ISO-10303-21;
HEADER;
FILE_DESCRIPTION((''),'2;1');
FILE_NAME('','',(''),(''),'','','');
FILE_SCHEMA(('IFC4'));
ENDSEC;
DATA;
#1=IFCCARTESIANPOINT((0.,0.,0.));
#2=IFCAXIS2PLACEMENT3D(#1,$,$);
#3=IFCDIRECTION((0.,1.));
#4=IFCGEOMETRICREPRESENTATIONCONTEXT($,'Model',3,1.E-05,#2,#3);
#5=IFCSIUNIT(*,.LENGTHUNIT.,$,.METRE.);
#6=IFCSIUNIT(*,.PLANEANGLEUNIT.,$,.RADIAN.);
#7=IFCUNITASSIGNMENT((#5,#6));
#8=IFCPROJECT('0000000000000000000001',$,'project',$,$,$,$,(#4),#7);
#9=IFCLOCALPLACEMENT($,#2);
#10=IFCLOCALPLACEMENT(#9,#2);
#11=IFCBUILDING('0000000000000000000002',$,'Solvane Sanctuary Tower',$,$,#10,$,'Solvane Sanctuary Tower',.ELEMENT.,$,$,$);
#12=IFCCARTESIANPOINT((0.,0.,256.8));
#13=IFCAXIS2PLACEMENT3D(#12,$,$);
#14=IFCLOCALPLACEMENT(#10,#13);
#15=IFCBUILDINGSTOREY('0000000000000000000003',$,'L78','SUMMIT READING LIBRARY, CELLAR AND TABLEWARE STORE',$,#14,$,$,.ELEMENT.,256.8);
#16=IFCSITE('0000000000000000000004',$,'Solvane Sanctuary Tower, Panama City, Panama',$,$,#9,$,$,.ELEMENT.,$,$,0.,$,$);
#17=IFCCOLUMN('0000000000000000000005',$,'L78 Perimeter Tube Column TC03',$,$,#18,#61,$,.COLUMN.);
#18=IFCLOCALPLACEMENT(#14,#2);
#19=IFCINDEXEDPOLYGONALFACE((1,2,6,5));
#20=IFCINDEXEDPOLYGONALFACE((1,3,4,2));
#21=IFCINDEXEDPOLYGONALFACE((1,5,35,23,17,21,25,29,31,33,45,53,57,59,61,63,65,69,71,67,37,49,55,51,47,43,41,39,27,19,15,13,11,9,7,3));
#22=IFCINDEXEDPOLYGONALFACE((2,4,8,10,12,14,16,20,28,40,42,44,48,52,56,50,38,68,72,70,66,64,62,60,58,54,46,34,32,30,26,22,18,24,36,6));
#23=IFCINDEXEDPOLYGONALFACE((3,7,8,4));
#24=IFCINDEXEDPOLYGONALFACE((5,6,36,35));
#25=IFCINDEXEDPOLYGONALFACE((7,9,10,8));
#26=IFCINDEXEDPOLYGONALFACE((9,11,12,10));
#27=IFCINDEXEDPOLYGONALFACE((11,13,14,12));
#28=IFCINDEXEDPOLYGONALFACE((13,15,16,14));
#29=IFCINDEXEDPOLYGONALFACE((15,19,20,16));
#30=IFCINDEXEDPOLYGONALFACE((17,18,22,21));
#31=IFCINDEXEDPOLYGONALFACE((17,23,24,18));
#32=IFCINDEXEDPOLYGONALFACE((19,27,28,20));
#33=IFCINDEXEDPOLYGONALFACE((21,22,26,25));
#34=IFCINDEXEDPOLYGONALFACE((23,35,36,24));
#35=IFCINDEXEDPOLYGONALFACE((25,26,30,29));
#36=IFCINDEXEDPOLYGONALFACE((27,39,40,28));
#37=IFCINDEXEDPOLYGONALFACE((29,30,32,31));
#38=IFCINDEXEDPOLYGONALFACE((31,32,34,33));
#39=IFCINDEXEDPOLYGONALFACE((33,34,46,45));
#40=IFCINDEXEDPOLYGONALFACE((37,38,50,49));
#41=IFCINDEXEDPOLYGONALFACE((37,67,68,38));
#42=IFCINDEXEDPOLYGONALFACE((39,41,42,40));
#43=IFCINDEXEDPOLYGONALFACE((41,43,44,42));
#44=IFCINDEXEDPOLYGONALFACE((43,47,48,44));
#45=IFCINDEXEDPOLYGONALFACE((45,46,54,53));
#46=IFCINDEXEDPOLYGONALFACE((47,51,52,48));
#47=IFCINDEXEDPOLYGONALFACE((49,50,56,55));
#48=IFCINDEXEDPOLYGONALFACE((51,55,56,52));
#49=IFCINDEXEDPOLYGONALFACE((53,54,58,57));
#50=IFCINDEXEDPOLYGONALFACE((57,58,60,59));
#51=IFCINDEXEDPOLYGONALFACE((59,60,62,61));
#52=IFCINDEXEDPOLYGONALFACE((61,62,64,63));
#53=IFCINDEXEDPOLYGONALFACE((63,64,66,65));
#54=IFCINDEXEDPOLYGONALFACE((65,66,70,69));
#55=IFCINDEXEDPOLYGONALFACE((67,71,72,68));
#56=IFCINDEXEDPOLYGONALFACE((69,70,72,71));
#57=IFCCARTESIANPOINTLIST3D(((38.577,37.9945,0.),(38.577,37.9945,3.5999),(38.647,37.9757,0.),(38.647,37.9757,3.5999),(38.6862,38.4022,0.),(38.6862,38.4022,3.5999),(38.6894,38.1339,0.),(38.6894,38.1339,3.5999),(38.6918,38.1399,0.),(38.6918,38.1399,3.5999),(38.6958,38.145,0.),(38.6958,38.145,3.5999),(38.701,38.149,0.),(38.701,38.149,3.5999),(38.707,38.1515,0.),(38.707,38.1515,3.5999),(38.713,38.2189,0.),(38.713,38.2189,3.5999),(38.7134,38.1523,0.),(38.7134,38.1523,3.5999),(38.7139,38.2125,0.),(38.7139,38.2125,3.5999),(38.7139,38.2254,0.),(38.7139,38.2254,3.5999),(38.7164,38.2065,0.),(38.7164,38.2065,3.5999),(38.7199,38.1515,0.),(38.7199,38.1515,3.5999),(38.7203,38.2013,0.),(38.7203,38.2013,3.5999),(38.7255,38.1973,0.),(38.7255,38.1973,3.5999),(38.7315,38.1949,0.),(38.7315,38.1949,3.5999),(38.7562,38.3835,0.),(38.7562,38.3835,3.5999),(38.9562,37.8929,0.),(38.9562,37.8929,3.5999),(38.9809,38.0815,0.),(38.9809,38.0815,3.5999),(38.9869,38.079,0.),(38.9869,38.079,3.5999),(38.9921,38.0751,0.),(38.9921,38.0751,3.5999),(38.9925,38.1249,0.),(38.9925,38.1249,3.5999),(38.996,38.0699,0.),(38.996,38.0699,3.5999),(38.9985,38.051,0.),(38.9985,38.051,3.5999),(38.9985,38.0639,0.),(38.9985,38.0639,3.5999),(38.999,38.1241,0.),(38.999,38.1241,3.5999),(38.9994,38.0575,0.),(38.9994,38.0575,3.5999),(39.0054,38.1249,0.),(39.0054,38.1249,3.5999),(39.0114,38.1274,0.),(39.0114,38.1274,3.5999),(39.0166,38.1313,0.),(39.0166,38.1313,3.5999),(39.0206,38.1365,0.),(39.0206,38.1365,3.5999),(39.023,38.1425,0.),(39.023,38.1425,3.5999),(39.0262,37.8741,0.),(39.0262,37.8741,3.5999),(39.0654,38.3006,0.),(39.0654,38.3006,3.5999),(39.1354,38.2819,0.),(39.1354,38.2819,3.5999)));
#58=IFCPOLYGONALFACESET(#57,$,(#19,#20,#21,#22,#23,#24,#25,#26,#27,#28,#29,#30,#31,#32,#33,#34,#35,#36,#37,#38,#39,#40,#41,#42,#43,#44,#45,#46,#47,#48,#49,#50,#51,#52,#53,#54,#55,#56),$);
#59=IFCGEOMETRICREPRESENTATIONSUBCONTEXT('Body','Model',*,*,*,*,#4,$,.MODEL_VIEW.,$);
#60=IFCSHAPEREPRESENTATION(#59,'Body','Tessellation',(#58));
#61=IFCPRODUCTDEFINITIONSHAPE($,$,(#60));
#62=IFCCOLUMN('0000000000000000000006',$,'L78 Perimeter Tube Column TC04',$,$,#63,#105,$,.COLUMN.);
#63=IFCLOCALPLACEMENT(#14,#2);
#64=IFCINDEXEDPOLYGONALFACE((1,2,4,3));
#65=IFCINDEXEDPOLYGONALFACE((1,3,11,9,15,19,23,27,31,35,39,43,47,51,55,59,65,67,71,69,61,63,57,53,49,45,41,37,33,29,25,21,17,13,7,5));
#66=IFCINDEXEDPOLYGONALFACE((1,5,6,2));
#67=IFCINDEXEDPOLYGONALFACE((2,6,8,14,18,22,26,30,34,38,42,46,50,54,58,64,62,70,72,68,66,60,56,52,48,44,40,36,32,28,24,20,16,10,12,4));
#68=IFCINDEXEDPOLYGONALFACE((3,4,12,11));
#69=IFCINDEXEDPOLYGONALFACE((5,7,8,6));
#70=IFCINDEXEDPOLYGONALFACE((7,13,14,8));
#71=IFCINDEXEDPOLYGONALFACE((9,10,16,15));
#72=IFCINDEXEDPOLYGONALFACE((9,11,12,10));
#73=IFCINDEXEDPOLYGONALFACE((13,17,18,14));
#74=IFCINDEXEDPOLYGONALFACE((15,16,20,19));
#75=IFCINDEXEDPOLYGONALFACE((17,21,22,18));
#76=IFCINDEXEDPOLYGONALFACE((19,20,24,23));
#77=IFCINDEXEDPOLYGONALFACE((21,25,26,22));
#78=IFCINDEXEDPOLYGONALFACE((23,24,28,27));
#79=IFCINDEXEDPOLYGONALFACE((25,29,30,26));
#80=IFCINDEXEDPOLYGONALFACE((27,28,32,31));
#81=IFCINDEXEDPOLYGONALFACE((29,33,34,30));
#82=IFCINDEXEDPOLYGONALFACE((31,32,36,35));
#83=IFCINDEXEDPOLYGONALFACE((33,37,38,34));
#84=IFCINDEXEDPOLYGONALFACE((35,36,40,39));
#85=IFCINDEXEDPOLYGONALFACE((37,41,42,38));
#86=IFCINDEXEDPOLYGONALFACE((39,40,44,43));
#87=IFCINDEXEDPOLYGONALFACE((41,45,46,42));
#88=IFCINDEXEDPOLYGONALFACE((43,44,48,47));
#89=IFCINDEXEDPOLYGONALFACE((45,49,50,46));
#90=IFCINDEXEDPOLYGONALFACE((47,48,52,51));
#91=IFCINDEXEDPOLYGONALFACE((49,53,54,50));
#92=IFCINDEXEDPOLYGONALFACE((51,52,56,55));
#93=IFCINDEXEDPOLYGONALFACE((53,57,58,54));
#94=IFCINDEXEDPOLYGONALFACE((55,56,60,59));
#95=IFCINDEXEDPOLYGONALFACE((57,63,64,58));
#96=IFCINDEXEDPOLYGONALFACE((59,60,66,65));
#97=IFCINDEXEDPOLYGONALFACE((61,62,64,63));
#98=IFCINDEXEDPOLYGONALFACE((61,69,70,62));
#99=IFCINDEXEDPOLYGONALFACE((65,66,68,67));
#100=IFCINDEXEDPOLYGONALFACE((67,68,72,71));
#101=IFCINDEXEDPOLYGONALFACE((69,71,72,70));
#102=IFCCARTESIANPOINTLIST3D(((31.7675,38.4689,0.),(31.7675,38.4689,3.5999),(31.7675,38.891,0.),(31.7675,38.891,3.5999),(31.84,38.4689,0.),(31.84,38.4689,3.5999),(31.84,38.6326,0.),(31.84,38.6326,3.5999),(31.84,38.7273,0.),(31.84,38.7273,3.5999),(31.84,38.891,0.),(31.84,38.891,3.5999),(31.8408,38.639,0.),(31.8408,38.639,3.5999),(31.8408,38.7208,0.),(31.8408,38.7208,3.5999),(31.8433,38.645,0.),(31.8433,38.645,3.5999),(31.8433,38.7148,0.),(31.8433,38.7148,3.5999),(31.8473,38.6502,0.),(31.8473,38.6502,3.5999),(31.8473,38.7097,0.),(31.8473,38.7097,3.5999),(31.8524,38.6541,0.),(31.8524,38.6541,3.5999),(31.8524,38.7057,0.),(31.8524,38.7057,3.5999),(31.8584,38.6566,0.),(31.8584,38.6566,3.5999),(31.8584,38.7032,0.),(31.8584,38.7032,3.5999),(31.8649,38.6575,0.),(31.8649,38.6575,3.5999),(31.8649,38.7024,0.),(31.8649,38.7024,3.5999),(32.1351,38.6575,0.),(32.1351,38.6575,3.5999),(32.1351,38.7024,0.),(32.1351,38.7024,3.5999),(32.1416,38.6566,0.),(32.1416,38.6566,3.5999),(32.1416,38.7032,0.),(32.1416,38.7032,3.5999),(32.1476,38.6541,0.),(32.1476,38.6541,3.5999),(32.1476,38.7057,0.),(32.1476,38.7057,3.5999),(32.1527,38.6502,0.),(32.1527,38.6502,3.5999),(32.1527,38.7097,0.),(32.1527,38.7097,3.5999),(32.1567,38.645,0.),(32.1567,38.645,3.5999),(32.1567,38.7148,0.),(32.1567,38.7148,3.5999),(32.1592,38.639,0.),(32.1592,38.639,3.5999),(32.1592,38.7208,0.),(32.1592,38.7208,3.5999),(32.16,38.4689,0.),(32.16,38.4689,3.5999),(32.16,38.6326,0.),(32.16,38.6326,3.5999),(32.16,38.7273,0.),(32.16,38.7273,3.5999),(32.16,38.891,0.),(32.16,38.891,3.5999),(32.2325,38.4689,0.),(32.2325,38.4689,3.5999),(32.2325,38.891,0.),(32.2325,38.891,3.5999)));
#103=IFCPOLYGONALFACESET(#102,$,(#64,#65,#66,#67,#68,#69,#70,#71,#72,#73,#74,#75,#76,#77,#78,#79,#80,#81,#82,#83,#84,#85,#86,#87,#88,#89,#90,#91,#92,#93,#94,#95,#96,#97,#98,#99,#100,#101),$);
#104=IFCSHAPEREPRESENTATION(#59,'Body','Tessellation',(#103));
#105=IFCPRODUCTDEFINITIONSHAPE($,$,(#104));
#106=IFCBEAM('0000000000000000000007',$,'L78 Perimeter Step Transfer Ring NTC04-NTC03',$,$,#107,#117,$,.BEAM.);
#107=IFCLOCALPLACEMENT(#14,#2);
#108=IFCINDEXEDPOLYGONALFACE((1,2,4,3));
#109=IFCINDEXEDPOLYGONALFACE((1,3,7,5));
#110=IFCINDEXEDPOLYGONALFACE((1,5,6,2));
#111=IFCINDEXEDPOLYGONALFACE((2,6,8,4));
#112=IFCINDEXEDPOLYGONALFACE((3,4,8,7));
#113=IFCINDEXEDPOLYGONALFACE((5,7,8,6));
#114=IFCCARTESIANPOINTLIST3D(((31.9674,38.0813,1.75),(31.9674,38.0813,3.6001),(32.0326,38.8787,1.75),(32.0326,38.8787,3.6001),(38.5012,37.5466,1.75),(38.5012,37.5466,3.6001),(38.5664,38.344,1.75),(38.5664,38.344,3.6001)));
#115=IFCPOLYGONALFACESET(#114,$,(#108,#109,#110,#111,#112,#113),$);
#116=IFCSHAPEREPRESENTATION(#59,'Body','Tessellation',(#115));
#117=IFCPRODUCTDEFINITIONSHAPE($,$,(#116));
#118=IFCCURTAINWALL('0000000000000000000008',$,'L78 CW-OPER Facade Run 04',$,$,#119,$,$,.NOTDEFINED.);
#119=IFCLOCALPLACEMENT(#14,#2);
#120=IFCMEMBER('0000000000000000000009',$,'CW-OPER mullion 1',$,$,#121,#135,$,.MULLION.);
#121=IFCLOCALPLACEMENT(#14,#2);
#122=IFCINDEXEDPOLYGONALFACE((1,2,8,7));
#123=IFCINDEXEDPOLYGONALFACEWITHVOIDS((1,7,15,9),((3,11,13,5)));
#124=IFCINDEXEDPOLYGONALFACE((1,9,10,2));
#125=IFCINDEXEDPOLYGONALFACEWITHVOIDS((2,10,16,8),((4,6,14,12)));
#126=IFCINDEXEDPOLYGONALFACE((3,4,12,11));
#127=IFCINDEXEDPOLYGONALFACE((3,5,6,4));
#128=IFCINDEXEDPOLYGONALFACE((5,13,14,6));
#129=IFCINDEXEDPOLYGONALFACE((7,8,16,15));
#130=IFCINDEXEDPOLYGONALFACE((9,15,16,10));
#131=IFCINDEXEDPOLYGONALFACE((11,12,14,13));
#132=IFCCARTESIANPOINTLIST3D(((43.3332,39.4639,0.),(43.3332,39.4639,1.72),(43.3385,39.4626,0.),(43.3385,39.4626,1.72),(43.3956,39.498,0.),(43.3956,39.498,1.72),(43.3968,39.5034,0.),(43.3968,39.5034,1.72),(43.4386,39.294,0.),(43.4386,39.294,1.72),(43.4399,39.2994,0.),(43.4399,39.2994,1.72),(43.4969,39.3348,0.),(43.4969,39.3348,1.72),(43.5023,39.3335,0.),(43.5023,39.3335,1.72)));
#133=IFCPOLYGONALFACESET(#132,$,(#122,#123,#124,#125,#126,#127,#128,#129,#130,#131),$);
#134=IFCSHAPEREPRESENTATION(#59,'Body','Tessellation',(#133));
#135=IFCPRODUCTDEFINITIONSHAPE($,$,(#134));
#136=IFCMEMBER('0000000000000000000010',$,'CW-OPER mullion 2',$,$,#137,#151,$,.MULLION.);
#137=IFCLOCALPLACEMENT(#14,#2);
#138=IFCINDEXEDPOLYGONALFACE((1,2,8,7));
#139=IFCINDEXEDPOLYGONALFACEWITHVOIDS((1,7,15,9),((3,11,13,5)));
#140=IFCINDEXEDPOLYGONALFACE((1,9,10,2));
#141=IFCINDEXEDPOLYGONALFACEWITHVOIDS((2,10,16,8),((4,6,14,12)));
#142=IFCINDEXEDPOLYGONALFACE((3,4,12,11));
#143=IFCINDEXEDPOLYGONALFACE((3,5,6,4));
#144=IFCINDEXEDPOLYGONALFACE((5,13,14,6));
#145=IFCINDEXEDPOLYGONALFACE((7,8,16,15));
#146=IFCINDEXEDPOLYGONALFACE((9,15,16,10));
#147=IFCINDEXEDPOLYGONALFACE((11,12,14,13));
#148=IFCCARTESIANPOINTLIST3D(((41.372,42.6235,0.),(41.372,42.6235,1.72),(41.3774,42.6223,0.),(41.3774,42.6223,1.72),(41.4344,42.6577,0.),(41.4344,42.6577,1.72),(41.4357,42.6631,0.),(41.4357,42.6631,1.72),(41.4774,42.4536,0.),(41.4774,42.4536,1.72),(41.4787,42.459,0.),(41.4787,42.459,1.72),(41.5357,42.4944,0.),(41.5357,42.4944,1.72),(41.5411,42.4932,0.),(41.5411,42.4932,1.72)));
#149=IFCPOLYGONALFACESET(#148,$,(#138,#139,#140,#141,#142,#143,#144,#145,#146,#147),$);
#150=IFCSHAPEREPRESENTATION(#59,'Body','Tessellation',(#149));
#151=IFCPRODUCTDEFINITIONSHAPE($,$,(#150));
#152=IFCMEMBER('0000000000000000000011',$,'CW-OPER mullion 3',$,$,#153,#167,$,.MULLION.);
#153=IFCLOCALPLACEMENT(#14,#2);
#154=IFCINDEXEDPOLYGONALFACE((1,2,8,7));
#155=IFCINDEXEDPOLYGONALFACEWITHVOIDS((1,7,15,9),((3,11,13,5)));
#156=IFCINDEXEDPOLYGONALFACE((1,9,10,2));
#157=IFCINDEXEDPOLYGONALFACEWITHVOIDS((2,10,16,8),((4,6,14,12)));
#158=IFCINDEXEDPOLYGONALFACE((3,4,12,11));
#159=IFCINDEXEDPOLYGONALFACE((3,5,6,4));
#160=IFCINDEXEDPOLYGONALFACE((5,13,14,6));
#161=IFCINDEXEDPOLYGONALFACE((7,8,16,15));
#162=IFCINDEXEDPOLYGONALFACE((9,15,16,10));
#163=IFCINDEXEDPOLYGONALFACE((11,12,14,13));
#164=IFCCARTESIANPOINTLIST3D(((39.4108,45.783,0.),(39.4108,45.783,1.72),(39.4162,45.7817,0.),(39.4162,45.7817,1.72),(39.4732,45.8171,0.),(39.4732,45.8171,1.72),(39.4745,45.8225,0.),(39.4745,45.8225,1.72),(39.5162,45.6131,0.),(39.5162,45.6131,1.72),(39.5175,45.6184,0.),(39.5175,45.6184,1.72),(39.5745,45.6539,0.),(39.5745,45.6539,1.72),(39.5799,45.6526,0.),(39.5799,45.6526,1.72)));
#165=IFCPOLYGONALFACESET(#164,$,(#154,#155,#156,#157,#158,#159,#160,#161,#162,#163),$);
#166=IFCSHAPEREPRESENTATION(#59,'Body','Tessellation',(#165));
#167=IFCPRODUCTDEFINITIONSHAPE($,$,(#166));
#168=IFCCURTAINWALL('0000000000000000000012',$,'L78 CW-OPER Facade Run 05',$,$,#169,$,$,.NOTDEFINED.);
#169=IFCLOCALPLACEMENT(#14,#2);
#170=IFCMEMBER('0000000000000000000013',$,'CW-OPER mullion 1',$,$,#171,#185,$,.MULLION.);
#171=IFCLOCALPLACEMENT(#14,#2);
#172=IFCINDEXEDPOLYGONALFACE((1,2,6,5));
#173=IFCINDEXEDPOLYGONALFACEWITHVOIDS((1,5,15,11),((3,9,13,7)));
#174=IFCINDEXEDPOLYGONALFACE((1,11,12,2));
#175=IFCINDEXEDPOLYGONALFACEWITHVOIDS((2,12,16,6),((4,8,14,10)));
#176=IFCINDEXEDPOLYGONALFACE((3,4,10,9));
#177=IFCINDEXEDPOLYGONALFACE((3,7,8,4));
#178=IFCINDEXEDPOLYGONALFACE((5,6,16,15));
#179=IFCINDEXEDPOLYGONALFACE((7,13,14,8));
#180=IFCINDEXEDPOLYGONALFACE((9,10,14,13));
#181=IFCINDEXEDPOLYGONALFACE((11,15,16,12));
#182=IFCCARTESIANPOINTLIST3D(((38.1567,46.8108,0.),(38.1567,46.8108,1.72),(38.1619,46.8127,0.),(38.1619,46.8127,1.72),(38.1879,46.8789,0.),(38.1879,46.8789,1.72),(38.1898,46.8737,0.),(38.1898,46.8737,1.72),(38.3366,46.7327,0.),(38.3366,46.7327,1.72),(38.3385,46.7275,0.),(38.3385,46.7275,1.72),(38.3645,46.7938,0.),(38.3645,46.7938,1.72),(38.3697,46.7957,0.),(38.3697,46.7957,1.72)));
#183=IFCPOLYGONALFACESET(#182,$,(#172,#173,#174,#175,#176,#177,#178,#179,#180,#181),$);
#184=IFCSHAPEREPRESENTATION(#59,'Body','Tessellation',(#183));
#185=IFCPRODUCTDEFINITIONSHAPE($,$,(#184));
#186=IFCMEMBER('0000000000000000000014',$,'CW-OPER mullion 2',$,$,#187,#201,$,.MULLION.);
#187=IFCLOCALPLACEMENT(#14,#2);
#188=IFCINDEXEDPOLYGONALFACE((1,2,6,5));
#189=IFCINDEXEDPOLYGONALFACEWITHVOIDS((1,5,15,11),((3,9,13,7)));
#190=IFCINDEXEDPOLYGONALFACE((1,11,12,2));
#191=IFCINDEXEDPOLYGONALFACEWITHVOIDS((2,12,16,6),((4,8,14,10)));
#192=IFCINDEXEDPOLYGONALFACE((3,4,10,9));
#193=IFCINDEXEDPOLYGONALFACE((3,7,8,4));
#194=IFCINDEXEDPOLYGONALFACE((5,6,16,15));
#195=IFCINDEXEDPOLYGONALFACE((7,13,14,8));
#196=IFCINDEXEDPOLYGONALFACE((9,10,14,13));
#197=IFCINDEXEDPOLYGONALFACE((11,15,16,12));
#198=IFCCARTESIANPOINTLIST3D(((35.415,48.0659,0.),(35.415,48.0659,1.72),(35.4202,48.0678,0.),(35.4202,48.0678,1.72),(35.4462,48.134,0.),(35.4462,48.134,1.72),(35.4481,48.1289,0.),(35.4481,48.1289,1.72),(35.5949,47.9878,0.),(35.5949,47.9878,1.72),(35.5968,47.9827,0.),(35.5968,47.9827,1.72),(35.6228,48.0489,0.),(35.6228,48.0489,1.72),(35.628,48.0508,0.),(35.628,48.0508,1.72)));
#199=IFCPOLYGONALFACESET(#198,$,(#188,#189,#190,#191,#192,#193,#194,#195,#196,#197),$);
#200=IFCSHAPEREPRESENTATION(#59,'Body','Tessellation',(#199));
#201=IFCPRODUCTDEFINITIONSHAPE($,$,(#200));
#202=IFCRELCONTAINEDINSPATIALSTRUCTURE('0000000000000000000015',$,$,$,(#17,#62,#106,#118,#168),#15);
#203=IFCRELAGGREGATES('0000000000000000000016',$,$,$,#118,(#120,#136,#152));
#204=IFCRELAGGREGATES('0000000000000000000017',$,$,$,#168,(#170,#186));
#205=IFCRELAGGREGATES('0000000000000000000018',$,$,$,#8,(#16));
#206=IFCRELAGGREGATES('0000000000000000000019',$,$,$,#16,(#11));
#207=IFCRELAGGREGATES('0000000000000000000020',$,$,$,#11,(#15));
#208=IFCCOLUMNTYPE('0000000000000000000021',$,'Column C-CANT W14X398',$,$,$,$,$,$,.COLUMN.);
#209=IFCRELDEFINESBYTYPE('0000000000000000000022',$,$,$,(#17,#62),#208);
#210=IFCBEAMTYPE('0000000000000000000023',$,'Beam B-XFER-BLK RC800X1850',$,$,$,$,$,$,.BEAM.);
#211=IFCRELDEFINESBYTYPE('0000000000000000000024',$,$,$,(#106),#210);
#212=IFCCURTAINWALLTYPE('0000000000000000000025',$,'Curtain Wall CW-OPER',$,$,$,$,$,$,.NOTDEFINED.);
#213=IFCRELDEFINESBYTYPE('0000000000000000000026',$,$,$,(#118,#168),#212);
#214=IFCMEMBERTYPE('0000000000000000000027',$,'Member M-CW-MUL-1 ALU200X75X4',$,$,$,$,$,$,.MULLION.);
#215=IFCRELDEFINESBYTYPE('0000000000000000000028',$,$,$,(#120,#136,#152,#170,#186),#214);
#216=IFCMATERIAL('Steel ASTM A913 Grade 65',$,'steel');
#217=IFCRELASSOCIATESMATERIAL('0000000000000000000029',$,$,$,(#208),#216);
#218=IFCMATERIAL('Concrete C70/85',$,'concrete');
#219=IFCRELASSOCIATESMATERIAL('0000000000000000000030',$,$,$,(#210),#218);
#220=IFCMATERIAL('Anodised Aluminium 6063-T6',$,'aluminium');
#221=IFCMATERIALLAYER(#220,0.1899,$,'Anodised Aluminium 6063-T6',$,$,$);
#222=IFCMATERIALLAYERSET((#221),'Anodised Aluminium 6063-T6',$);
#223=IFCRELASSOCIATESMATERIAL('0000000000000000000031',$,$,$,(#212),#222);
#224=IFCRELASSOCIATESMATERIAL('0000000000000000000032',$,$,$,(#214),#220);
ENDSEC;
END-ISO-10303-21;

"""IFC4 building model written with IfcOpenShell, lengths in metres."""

from ifc_helpers import new_model, si_unit, direction, frame, origin, origin_2d, place, context, subcontext, project, spatial, rectangle, hollow_rectangle, i_section, extrude, material, layer, layer_set, material_profile, profile_set, type_object, element, aggregate, save


model = new_model("IFC4")

# Units and contexts
model_context = context("Model", 3, precision=1e-05, world=origin(), true_north=direction((0.0, 1.0)))
body_context = subcontext(model_context, "Body", "Model", "MODEL_VIEW")
ifc_project = project(units=[si_unit("LENGTHUNIT", "METRE"), si_unit("PLANEANGLEUNIT", "RADIAN")], contexts=[model_context])

# Site, building, storey
site_placement = place(None, origin())
site = spatial("IfcSite", under=ifc_project, at=site_placement, Name="Solvane Sanctuary Tower, Panama City, Panama", CompositionType="ELEMENT", RefElevation=0.0)
building_placement = place(site_placement, origin())
building = spatial("IfcBuilding", under=site, at=building_placement, Name="Solvane Sanctuary Tower", LongName="Solvane Sanctuary Tower", CompositionType="ELEMENT")
storey_placement = place(building_placement, frame((0.0, 0.0, 256.8)))
storey = spatial("IfcBuildingStorey", under=building, at=storey_placement, Name="L78", Description="SUMMIT READING LIBRARY, CELLAR AND TABLEWARE STORE", CompositionType="ELEMENT", Elevation=256.8)

# Columns
ifc_material_1 = material(Name="Steel ASTM A913 Grade 65", Category="steel")
ifc_material_profile_1 = material_profile(ifc_material_1, i_section(OverallWidth=0.4221, OverallDepth=0.4651, WebThickness=0.0449, FlangeThickness=0.0725, FilletRadius=0.0249, at=origin_2d()), Name="W14X398")
ifc_profile_set_1 = profile_set([ifc_material_profile_1], Name="Steel ASTM A913 Grade 65")
column_type = type_object("IfcColumnType", Name="Column C-CANT W14X398", PredefinedType="COLUMN", material=ifc_profile_set_1)
for number, where, z_axis, x_axis, name in (
    (1, (38.8562, 38.1382, 0.0), (0.0, 0.0, 1.0), (0.258819, 0.965926, 0.0), "L78 Perimeter Tube Column TC03"),
    (2, (32.0, 38.6799, 0.0), (0.0, 0.0, 1.0), (0.0, 1.0, 0.0), "L78 Perimeter Tube Column TC04"),
):
    element("IfcColumn", number, at=place(storey_placement, frame(where, z_axis=z_axis, x_axis=x_axis)), inside=storey, type_object=column_type, Name=name, PredefinedType="COLUMN", context=body_context, shape_type="SweptSolid", body=[
        extrude(i_section(OverallWidth=0.4221, OverallDepth=0.4651, WebThickness=0.0449, FlangeThickness=0.0725, FilletRadius=0.0249, at=origin_2d()), origin(), (0.0, 0.0, 1.0), 3.5999),
    ])

# Beam
ifc_material_2 = material(Name="Concrete C70/85", Category="concrete")
ifc_material_profile_2 = material_profile(ifc_material_2, rectangle(XDim=0.8, YDim=1.8501, at=origin_2d()), Name="RC800X1850")
ifc_profile_set_2 = profile_set([ifc_material_profile_2], Name="Concrete C70/85")
beam_type = type_object("IfcBeamType", Name="Beam B-XFER-BLK RC800X1850", PredefinedType="BEAM", material=ifc_profile_set_2)
beam_placement = place(storey_placement, frame((32.0, 38.48, 2.675), z_axis=(0.996669, -0.081557, 0.0), x_axis=(0.081557, 0.996669, 0.0)))
element("IfcBeam", 3, at=beam_placement, inside=storey, type_object=beam_type, Name="L78 Perimeter Step Transfer Ring NTC04-NTC03", PredefinedType="BEAM", context=body_context, shape_type="SweptSolid", body=[
    extrude(rectangle(XDim=0.8, YDim=1.8501, at=origin_2d()), origin(), (0.0, 0.0, 1.0), 6.5557),
])

# Curtain walls, members
ifc_material_3 = material(Name="Anodised Aluminium 6063-T6", Category="aluminium")
ifc_layer_1 = layer(ifc_material_3, 0.1899, Name="Anodised Aluminium 6063-T6")
ifc_layer_set_1 = layer_set([ifc_layer_1], Name="Anodised Aluminium 6063-T6")
curtain_wall_type = type_object("IfcCurtainWallType", Name="Curtain Wall CW-OPER", PredefinedType="NOTDEFINED", material=ifc_layer_set_1)
curtain_wall_1_placement = place(storey_placement, origin())
curtain_wall_1 = element("IfcCurtainWall", 4, at=curtain_wall_1_placement, inside=storey, type_object=curtain_wall_type, Name="L78 CW-OPER Facade Run 04", PredefinedType="NOTDEFINED")
ifc_material_profile_3 = material_profile(ifc_material_3, hollow_rectangle(XDim=0.075, YDim=0.2, WallThickness=0.0039, at=origin_2d()), Name="ALU200X75X4")
ifc_profile_set_3 = profile_set([ifc_material_profile_3], Name="Anodised Aluminium 6063-T6")
member_type_1 = type_object("IfcMemberType", Name="Member M-CW-MUL-1 ALU200X75X4", PredefinedType="MULLION", material=ifc_profile_set_3)
member_1_placement = place(storey_placement, frame((43.4177, 39.3987, 0.0), z_axis=(0.0, 0.0, 1.0), x_axis=(-0.849622, -0.527392, 0.0)))
member_1 = element("IfcMember", 5, at=member_1_placement, type_object=member_type_1, Name="CW-OPER mullion 1", PredefinedType="MULLION", context=body_context, shape_type="SweptSolid", body=[
    extrude(hollow_rectangle(XDim=0.075, YDim=0.2, WallThickness=0.0039, at=origin_2d()), origin(), (0.0, 0.0, 1.0), 1.72),
])
member_2_placement = place(storey_placement, frame((41.4565, 42.5583, 0.0), z_axis=(0.0, 0.0, 1.0), x_axis=(-0.849622, -0.527392, 0.0)))
member_2 = element("IfcMember", 6, at=member_2_placement, type_object=member_type_1, Name="CW-OPER mullion 2", PredefinedType="MULLION", context=body_context, shape_type="SweptSolid", body=[
    extrude(hollow_rectangle(XDim=0.075, YDim=0.2, WallThickness=0.0039, at=origin_2d()), origin(), (0.0, 0.0, 1.0), 1.72),
])
member_3_placement = place(storey_placement, frame((39.4954, 45.7178, 0.0), z_axis=(0.0, 0.0, 1.0), x_axis=(-0.849622, -0.527392, 0.0)))
member_3 = element("IfcMember", 7, at=member_3_placement, type_object=member_type_1, Name="CW-OPER mullion 3", PredefinedType="MULLION", context=body_context, shape_type="SweptSolid", body=[
    extrude(hollow_rectangle(XDim=0.075, YDim=0.2, WallThickness=0.0039, at=origin_2d()), origin(), (0.0, 0.0, 1.0), 1.72),
])
curtain_wall_2_placement = place(storey_placement, origin())
curtain_wall_2 = element("IfcCurtainWall", 8, at=curtain_wall_2_placement, inside=storey, type_object=curtain_wall_type, Name="L78 CW-OPER Facade Run 05", PredefinedType="NOTDEFINED")
member_4_placement = place(storey_placement, frame((38.2632, 46.8032, 0.0), z_axis=(0.0, 0.0, 1.0), x_axis=(-0.416225, -0.909262, 0.0)))
member_4 = element("IfcMember", 9, at=member_4_placement, type_object=member_type_1, Name="CW-OPER mullion 1", PredefinedType="MULLION", context=body_context, shape_type="SweptSolid", body=[
    extrude(hollow_rectangle(XDim=0.075, YDim=0.2, WallThickness=0.0039, at=origin_2d()), origin(), (0.0, 0.0, 1.0), 1.72),
])
member_5_placement = place(storey_placement, frame((35.5215, 48.0583, 0.0), z_axis=(0.0, 0.0, 1.0), x_axis=(-0.416225, -0.909262, 0.0)))
member_5 = element("IfcMember", 10, at=member_5_placement, type_object=member_type_1, Name="CW-OPER mullion 2", PredefinedType="MULLION", context=body_context, shape_type="SweptSolid", body=[
    extrude(hollow_rectangle(XDim=0.075, YDim=0.2, WallThickness=0.0039, at=origin_2d()), origin(), (0.0, 0.0, 1.0), 1.72),
])

aggregate(curtain_wall_1, [member_1, member_2, member_3])
aggregate(curtain_wall_2, [member_4, member_5])

save(model, "model.ifc")
